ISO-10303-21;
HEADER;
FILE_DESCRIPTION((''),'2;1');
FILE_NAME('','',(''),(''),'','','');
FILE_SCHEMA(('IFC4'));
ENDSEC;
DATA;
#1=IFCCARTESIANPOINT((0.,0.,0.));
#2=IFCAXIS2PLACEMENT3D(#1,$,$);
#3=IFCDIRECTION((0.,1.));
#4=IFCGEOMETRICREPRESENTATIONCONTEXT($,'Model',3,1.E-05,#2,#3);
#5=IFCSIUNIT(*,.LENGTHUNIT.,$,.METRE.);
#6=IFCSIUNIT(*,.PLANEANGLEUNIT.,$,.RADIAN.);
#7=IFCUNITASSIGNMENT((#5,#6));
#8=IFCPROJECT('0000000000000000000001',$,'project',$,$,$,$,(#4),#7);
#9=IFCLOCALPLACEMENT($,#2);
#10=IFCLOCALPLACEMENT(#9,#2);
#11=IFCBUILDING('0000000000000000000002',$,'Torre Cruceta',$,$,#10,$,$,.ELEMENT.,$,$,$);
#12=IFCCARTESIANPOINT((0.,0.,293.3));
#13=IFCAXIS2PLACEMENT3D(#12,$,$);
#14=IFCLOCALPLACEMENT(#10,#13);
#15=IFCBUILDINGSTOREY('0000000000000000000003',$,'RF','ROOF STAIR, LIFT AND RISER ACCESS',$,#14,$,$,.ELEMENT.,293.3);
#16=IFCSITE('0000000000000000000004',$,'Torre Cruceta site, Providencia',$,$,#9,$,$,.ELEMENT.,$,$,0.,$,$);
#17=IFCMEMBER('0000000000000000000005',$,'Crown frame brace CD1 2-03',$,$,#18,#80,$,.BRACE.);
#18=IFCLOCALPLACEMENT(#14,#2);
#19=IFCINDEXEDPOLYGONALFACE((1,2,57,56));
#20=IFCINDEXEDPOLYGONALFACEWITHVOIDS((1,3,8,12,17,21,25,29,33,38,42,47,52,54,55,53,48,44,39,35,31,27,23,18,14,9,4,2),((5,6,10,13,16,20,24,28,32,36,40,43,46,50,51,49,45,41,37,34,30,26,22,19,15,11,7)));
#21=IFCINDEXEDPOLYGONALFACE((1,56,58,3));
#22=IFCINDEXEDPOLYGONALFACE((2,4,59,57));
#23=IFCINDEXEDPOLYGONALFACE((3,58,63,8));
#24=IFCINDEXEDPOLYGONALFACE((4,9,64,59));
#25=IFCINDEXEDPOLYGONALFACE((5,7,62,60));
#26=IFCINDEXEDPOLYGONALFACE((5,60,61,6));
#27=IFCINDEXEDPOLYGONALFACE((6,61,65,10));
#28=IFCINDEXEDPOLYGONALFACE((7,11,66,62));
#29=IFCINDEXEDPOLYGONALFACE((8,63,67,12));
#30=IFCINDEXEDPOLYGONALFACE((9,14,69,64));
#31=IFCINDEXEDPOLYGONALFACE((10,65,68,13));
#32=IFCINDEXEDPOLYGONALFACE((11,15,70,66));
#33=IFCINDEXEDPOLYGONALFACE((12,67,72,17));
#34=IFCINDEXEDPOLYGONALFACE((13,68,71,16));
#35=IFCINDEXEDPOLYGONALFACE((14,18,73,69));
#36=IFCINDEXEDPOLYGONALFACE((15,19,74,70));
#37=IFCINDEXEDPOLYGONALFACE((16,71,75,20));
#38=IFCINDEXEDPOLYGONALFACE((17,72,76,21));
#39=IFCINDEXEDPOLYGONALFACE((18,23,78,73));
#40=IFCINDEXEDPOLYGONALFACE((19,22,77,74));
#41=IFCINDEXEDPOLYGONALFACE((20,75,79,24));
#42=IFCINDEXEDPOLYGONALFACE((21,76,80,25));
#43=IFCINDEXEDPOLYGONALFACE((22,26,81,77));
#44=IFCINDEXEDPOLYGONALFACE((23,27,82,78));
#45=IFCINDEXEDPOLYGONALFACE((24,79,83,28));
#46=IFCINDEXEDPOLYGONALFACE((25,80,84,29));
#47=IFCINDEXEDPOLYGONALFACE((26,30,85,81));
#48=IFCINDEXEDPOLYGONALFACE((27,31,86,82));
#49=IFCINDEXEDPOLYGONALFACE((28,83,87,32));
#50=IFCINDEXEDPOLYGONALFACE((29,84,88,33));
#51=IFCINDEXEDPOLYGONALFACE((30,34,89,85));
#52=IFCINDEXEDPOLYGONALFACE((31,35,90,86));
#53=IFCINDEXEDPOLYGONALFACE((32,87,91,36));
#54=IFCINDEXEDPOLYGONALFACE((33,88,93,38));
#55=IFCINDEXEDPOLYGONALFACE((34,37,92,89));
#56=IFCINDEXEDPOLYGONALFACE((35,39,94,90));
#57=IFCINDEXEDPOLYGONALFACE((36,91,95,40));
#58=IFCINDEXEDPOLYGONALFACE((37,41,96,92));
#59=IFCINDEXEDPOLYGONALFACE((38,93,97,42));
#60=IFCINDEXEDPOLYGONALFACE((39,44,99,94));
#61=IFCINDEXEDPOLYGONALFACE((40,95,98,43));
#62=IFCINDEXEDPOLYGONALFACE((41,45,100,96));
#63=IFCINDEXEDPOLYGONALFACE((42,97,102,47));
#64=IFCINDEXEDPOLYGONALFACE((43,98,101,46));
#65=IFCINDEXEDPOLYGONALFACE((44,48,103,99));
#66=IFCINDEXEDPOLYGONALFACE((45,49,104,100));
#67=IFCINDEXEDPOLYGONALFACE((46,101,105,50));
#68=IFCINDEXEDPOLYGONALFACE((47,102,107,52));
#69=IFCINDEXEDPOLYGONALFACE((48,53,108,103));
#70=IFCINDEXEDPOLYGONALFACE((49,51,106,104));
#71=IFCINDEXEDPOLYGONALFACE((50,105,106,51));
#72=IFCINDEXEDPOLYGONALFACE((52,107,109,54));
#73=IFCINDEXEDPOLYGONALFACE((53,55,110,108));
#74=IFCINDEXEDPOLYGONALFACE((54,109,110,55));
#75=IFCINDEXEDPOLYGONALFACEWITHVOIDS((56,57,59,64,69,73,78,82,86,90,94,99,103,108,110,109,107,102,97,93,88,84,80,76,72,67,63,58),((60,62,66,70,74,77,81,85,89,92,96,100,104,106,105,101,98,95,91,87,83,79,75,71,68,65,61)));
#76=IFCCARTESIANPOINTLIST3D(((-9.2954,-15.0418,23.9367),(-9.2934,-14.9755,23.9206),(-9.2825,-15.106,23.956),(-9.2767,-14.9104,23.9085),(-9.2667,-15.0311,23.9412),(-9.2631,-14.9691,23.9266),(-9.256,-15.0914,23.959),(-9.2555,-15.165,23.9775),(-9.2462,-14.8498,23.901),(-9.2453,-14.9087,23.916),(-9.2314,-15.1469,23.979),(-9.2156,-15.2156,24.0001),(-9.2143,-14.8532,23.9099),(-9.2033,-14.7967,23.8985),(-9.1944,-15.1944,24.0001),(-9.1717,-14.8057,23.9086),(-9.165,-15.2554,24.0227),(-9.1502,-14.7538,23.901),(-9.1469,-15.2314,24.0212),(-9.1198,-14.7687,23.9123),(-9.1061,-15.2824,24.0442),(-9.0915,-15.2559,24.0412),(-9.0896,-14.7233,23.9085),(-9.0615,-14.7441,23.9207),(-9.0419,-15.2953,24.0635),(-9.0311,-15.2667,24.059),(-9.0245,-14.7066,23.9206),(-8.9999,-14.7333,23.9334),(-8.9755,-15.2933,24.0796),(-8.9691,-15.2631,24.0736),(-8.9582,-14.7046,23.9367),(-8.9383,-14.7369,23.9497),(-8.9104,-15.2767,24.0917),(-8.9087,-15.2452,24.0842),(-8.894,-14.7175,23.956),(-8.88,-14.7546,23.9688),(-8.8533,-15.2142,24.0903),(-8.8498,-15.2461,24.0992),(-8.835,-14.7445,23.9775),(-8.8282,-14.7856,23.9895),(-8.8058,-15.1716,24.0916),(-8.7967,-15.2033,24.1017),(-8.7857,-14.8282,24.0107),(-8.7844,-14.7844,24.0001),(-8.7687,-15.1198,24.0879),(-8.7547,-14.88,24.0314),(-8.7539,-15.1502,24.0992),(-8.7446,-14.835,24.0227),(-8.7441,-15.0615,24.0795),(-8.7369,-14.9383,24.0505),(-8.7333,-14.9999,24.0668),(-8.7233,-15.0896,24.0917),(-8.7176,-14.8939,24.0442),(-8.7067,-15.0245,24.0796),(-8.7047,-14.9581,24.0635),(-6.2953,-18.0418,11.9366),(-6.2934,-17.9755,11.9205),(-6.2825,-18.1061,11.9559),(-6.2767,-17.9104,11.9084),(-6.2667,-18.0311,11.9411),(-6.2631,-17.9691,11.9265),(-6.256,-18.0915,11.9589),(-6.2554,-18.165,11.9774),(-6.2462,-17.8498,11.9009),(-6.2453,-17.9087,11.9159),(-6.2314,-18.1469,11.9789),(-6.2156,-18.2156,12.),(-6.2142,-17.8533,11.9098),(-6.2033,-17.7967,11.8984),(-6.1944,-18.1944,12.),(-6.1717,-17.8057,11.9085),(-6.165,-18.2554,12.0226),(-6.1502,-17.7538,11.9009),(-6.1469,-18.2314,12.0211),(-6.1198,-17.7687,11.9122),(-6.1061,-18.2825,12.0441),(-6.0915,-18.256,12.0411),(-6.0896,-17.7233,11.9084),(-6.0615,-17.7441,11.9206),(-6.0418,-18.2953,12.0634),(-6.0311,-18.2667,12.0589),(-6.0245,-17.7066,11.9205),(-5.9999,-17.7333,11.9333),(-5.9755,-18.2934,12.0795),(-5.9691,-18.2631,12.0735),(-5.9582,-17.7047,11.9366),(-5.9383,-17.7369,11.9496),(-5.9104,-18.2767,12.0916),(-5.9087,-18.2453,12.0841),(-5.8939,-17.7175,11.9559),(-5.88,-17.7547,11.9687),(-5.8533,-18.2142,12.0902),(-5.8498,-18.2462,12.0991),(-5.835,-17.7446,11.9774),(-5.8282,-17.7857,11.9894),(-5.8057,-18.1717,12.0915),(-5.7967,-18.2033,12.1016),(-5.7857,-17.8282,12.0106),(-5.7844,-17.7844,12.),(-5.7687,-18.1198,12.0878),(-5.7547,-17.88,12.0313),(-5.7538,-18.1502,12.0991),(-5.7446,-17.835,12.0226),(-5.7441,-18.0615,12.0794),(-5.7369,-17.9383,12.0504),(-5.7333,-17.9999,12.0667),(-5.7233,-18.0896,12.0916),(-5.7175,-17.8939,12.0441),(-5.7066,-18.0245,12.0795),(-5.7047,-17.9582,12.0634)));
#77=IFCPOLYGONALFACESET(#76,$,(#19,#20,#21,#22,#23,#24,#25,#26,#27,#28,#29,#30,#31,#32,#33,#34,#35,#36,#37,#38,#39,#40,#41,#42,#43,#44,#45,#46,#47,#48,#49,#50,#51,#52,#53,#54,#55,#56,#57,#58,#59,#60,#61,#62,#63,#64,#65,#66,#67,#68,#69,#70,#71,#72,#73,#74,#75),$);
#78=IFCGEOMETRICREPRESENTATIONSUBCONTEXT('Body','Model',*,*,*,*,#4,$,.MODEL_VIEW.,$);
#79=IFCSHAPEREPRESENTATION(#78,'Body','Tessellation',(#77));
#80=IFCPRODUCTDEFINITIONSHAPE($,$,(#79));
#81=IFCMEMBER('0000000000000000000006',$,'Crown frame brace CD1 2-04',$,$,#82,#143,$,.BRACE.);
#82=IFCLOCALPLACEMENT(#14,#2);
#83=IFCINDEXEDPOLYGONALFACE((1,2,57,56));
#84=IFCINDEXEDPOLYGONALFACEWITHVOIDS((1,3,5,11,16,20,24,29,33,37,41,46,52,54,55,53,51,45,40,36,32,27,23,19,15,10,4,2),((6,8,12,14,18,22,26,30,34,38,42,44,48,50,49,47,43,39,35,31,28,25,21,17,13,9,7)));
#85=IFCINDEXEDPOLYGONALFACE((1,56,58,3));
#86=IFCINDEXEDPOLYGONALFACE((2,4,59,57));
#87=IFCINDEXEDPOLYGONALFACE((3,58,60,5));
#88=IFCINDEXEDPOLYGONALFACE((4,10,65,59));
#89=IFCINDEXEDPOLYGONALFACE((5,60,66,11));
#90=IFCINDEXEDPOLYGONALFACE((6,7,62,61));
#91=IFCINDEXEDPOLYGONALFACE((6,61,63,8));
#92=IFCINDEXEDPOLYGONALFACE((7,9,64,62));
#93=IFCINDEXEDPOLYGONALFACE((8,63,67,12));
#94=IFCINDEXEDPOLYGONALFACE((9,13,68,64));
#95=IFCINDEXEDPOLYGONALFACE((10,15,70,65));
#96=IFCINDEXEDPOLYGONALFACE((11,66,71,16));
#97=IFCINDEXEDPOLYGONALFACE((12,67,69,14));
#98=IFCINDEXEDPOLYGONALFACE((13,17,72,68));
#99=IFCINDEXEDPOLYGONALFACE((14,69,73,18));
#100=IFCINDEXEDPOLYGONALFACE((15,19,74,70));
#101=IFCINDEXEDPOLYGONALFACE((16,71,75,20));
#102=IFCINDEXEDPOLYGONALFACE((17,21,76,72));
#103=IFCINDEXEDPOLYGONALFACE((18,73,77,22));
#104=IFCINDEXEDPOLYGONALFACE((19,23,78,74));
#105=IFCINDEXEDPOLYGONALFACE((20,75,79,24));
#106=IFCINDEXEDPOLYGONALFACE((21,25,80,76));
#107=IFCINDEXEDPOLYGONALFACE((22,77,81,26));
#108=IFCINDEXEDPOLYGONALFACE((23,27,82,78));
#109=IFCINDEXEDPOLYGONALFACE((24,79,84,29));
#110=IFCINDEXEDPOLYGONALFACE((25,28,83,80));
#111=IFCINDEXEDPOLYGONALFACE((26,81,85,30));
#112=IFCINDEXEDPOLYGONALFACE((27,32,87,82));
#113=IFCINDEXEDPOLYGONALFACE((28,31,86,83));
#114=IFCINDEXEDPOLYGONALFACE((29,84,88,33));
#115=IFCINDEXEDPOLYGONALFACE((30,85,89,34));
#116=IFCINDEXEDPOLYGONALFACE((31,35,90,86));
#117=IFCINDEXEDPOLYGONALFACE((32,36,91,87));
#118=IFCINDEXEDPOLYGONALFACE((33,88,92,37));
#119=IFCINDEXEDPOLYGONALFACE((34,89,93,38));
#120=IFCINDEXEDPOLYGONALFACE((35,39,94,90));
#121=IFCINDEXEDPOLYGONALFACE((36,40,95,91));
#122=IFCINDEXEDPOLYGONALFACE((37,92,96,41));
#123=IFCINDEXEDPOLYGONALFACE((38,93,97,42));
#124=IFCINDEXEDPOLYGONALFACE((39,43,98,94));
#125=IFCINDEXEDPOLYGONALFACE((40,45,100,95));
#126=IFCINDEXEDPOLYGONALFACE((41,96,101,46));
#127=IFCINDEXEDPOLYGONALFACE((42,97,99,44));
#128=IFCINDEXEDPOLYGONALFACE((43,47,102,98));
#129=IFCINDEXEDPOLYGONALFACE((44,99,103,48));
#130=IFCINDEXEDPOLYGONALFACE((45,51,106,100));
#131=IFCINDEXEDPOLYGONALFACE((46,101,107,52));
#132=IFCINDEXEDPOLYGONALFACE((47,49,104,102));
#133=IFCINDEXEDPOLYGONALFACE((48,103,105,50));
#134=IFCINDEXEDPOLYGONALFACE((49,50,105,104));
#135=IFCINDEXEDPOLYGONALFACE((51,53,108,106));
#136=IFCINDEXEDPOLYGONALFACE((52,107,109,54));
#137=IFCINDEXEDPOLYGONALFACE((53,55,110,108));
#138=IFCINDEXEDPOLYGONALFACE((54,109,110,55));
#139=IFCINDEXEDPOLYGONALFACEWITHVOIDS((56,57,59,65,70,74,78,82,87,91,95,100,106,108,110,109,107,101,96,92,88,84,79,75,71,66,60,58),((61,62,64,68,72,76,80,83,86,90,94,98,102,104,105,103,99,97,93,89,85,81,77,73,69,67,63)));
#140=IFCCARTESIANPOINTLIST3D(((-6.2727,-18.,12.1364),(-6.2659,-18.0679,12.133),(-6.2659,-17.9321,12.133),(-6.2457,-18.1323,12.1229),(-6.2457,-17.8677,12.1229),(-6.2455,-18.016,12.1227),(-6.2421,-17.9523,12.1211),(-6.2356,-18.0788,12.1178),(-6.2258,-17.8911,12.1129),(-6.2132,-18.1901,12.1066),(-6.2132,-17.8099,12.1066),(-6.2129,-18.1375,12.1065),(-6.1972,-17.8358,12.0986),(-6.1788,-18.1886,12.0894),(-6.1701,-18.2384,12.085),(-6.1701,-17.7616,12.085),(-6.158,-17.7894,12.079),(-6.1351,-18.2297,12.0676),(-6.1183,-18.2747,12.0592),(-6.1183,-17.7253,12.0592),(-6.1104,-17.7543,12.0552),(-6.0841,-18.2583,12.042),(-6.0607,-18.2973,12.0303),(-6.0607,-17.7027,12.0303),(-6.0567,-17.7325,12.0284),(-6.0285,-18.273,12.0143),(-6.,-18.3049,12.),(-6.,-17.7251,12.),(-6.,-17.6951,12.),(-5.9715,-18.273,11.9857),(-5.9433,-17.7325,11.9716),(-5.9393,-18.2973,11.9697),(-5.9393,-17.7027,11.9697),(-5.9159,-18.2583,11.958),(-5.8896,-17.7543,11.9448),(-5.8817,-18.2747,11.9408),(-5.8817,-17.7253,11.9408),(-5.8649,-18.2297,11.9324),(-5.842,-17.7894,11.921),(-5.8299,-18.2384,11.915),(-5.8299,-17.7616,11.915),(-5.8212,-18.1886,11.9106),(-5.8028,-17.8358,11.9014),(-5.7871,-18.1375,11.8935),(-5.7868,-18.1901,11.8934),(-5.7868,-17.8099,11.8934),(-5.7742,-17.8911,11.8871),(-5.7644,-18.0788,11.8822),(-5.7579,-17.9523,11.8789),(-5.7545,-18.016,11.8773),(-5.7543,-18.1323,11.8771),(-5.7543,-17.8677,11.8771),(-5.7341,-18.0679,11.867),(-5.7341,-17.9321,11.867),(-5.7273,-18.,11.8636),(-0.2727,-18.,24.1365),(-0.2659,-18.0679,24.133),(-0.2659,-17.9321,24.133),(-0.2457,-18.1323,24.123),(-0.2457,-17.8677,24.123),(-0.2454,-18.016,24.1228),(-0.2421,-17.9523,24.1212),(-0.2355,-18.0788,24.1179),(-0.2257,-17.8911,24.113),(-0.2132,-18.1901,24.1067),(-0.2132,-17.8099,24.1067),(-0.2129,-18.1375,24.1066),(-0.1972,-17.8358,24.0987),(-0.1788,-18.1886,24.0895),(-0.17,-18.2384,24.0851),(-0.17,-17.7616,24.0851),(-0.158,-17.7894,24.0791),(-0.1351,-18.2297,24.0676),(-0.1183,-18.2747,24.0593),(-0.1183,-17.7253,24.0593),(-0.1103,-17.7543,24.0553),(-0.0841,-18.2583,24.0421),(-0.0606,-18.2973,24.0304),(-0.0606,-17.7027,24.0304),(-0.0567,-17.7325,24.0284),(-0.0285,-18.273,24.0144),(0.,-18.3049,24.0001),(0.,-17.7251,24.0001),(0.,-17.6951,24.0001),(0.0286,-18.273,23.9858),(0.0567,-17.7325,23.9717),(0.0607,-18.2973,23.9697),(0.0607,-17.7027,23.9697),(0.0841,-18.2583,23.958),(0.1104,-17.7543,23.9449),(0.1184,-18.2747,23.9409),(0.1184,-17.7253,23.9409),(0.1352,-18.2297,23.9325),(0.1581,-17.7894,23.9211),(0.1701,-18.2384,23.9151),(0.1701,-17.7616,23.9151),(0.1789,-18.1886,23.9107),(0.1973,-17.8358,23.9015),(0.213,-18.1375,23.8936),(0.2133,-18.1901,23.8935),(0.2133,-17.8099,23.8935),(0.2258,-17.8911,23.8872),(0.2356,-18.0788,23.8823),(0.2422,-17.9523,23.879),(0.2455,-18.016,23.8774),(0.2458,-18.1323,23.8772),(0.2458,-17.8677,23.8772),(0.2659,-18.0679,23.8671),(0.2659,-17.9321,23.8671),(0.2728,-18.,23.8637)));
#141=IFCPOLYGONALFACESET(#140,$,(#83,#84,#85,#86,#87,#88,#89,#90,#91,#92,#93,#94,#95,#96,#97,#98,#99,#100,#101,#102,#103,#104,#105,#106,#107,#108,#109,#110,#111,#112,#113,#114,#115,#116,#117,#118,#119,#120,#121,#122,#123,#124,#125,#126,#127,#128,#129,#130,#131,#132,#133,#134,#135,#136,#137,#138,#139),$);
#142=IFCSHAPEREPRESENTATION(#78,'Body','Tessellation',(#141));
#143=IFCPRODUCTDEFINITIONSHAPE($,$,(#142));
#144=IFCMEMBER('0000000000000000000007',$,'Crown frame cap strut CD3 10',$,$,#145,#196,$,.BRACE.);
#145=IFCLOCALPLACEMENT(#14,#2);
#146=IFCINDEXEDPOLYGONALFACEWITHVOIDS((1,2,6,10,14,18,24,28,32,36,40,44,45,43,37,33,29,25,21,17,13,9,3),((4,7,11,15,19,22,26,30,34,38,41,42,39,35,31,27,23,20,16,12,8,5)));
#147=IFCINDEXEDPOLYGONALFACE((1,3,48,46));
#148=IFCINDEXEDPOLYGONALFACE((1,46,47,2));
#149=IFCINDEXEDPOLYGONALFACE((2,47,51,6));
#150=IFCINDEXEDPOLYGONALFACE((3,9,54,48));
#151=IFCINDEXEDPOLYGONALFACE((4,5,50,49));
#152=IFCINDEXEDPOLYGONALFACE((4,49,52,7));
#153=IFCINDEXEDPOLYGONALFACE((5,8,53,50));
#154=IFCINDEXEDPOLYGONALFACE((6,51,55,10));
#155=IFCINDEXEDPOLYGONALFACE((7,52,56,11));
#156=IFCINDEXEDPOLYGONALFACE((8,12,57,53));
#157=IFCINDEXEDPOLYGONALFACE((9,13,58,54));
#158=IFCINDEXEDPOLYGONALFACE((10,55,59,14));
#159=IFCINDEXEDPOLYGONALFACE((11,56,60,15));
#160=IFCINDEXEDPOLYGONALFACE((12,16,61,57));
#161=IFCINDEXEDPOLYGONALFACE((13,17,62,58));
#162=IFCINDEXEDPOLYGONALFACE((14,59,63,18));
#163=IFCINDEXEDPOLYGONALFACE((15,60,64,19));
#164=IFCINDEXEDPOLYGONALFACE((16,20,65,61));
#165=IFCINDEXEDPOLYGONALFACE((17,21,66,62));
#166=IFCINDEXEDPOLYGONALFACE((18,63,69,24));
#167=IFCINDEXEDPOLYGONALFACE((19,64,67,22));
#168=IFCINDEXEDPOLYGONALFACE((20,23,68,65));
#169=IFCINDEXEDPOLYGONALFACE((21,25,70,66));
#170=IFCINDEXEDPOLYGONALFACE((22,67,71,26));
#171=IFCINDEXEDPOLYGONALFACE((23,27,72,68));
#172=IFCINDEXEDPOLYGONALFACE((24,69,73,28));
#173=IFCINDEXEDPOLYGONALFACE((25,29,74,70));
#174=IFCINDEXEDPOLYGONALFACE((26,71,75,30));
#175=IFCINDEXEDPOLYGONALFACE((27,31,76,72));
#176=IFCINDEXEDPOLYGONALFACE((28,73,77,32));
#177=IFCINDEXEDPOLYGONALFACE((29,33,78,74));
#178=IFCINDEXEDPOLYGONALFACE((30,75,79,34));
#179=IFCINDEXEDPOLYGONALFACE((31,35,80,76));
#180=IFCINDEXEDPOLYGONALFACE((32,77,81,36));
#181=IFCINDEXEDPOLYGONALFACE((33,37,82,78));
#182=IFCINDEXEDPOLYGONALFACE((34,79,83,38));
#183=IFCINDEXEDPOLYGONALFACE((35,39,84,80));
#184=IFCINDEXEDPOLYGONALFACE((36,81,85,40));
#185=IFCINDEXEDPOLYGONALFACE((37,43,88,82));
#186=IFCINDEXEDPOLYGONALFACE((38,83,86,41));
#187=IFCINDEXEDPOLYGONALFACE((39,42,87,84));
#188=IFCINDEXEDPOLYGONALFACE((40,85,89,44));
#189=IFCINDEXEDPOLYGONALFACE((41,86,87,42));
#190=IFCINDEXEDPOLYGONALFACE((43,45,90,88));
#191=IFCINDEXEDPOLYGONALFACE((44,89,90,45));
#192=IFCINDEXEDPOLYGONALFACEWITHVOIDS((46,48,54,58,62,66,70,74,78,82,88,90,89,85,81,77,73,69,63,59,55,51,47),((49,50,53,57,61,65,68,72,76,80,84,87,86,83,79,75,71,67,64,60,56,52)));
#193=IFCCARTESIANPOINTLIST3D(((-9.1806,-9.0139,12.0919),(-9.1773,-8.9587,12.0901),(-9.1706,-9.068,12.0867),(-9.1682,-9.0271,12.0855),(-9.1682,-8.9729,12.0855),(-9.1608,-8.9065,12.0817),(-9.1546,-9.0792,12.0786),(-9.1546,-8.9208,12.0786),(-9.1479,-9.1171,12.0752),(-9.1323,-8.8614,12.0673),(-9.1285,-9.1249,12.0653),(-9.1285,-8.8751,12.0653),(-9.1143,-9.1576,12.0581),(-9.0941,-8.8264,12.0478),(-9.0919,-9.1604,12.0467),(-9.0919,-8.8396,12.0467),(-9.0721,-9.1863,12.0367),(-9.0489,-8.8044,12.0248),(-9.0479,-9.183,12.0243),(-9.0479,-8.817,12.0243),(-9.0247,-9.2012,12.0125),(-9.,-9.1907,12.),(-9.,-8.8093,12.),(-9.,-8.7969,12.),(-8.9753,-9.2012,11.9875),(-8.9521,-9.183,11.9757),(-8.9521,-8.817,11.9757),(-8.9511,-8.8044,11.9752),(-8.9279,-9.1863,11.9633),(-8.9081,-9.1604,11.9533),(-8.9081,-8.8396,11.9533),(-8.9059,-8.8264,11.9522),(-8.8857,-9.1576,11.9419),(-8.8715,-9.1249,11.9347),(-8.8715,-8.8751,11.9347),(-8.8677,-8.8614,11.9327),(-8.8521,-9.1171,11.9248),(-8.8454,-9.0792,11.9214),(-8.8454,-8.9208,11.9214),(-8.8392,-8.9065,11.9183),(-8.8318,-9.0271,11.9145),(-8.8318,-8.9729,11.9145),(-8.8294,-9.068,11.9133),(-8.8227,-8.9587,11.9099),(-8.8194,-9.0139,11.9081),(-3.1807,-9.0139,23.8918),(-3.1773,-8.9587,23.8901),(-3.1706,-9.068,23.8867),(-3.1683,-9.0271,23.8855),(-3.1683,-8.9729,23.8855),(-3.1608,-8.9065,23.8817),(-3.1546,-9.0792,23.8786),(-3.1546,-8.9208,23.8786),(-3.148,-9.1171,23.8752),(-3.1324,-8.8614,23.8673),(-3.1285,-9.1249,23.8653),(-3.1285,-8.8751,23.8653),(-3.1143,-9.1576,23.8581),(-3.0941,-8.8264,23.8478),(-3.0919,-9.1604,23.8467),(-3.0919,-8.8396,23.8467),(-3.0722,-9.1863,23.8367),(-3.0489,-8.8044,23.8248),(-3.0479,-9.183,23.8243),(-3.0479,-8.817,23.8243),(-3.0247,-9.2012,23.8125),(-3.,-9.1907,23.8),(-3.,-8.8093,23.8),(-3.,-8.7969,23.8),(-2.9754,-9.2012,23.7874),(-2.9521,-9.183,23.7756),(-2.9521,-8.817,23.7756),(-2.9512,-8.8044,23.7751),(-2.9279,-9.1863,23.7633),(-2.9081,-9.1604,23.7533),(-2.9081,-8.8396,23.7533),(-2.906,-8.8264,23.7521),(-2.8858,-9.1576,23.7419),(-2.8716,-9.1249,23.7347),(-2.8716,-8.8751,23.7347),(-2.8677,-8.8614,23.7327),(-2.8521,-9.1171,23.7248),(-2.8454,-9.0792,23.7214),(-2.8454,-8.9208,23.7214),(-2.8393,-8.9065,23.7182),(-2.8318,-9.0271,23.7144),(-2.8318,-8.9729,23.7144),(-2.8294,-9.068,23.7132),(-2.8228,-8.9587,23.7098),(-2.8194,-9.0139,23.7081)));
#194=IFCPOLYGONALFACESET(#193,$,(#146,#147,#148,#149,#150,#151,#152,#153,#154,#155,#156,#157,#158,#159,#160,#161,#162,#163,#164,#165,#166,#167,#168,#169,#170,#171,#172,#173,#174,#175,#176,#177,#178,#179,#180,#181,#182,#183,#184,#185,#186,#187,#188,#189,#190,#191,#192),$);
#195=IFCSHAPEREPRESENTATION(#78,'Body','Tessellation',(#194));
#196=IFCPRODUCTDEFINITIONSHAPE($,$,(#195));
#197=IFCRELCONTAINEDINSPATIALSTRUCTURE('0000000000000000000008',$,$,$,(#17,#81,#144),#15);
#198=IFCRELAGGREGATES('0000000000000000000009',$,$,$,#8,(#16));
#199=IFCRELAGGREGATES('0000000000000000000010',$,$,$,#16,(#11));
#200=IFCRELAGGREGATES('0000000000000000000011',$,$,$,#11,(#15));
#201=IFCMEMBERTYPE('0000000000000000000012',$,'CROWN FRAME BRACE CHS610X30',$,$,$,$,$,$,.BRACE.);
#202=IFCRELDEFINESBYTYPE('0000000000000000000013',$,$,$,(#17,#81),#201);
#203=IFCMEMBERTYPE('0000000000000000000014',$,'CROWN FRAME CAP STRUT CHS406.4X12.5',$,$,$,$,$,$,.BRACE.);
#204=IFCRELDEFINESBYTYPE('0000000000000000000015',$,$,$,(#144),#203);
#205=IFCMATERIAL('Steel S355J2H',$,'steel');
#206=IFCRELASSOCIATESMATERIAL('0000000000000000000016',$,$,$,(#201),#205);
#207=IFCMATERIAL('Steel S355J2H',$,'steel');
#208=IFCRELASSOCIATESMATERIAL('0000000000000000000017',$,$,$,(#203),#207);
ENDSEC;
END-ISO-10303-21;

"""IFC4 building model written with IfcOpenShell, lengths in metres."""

from ifc_helpers import new_model, si_unit, direction, frame, origin, origin_2d, place, context, subcontext, project, spatial, hollow_circle, extrude, material, material_profile, profile_set, type_object, element, save


model = new_model("IFC4")

# Units and contexts
model_context = context("Model", 3, precision=1e-05, world=origin(), true_north=direction((0.0, 1.0)))
body_context = subcontext(model_context, "Body", "Model", "MODEL_VIEW")
ifc_project = project(units=[si_unit("LENGTHUNIT", "METRE"), si_unit("PLANEANGLEUNIT", "RADIAN")], contexts=[model_context])

# Site, building, storey
site_placement = place(None, origin())
site = spatial("IfcSite", under=ifc_project, at=site_placement, Name="Torre Cruceta site, Providencia", CompositionType="ELEMENT", RefElevation=0.0)
building_placement = place(site_placement, origin())
building = spatial("IfcBuilding", under=site, at=building_placement, Name="Torre Cruceta", CompositionType="ELEMENT")
storey_placement = place(building_placement, frame((0.0, 0.0, 293.3)))
storey = spatial("IfcBuildingStorey", under=building, at=storey_placement, Name="RF", Description="ROOF STAIR, LIFT AND RISER ACCESS", CompositionType="ELEMENT", Elevation=293.3)

# Members
ifc_material_1 = material(Name="Steel S355J2H", Category="steel")
ifc_material_profile_1 = material_profile(ifc_material_1, hollow_circle(Radius=0.3049, WallThickness=0.03, at=origin_2d()), Name="CHS610X30")
ifc_profile_set_1 = profile_set([ifc_material_profile_1], Name="Steel S355J2H")
member_type_1 = type_object("IfcMemberType", Name="CROWN FRAME BRACE CHS610X30", PredefinedType="BRACE", material=ifc_profile_set_1)
member_1_placement = place(storey_placement, frame((-6.0, -18.0, 12.0), z_axis=(-0.235702, 0.235702, 0.942809), x_axis=(-0.707107, -0.707107, 0.0)))
element("IfcMember", 1, at=member_1_placement, inside=storey, type_object=member_type_1, Name="Crown frame brace CD1 2-03", PredefinedType="BRACE", context=body_context, shape_type="SweptSolid", body=[
    extrude(hollow_circle(Radius=0.3049, WallThickness=0.03, at=origin_2d()), origin(), (0.0, 0.0, 1.0), 12.728),
])
member_2_placement = place(storey_placement, frame((-6.0, -18.0, 12.0), z_axis=(0.447214, 0.0, 0.894427), x_axis=(0.0, 1.0, 0.0)))
element("IfcMember", 2, at=member_2_placement, inside=storey, type_object=member_type_1, Name="Crown frame brace CD1 2-04", PredefinedType="BRACE", context=body_context, shape_type="SweptSolid", body=[
    extrude(hollow_circle(Radius=0.3049, WallThickness=0.03, at=origin_2d()), origin(), (0.0, 0.0, 1.0), 13.4165),
])
ifc_material_2 = material(Name="Steel S355J2H", Category="steel")
ifc_material_profile_2 = material_profile(ifc_material_2, hollow_circle(Radius=0.2031, WallThickness=0.0125, at=origin_2d()), Name="CHS406.4X12.5")
ifc_profile_set_2 = profile_set([ifc_material_profile_2], Name="Steel S355J2H")
member_type_2 = type_object("IfcMemberType", Name="CROWN FRAME CAP STRUT CHS406.4X12.5", PredefinedType="BRACE", material=ifc_profile_set_2)
member_3_placement = place(storey_placement, frame((-9.0, -9.0, 12.0), z_axis=(0.453245, 0.0, 0.891386), x_axis=(0.0, 1.0, 0.0)))
element("IfcMember", 3, at=member_3_placement, inside=storey, type_object=member_type_2, Name="Crown frame cap strut CD3 10", PredefinedType="BRACE", context=body_context, shape_type="SweptSolid", body=[
    extrude(hollow_circle(Radius=0.2031, WallThickness=0.0125, at=origin_2d()), origin(), (0.0, 0.0, 1.0), 13.2378),
])

save(model, "model.ifc")
